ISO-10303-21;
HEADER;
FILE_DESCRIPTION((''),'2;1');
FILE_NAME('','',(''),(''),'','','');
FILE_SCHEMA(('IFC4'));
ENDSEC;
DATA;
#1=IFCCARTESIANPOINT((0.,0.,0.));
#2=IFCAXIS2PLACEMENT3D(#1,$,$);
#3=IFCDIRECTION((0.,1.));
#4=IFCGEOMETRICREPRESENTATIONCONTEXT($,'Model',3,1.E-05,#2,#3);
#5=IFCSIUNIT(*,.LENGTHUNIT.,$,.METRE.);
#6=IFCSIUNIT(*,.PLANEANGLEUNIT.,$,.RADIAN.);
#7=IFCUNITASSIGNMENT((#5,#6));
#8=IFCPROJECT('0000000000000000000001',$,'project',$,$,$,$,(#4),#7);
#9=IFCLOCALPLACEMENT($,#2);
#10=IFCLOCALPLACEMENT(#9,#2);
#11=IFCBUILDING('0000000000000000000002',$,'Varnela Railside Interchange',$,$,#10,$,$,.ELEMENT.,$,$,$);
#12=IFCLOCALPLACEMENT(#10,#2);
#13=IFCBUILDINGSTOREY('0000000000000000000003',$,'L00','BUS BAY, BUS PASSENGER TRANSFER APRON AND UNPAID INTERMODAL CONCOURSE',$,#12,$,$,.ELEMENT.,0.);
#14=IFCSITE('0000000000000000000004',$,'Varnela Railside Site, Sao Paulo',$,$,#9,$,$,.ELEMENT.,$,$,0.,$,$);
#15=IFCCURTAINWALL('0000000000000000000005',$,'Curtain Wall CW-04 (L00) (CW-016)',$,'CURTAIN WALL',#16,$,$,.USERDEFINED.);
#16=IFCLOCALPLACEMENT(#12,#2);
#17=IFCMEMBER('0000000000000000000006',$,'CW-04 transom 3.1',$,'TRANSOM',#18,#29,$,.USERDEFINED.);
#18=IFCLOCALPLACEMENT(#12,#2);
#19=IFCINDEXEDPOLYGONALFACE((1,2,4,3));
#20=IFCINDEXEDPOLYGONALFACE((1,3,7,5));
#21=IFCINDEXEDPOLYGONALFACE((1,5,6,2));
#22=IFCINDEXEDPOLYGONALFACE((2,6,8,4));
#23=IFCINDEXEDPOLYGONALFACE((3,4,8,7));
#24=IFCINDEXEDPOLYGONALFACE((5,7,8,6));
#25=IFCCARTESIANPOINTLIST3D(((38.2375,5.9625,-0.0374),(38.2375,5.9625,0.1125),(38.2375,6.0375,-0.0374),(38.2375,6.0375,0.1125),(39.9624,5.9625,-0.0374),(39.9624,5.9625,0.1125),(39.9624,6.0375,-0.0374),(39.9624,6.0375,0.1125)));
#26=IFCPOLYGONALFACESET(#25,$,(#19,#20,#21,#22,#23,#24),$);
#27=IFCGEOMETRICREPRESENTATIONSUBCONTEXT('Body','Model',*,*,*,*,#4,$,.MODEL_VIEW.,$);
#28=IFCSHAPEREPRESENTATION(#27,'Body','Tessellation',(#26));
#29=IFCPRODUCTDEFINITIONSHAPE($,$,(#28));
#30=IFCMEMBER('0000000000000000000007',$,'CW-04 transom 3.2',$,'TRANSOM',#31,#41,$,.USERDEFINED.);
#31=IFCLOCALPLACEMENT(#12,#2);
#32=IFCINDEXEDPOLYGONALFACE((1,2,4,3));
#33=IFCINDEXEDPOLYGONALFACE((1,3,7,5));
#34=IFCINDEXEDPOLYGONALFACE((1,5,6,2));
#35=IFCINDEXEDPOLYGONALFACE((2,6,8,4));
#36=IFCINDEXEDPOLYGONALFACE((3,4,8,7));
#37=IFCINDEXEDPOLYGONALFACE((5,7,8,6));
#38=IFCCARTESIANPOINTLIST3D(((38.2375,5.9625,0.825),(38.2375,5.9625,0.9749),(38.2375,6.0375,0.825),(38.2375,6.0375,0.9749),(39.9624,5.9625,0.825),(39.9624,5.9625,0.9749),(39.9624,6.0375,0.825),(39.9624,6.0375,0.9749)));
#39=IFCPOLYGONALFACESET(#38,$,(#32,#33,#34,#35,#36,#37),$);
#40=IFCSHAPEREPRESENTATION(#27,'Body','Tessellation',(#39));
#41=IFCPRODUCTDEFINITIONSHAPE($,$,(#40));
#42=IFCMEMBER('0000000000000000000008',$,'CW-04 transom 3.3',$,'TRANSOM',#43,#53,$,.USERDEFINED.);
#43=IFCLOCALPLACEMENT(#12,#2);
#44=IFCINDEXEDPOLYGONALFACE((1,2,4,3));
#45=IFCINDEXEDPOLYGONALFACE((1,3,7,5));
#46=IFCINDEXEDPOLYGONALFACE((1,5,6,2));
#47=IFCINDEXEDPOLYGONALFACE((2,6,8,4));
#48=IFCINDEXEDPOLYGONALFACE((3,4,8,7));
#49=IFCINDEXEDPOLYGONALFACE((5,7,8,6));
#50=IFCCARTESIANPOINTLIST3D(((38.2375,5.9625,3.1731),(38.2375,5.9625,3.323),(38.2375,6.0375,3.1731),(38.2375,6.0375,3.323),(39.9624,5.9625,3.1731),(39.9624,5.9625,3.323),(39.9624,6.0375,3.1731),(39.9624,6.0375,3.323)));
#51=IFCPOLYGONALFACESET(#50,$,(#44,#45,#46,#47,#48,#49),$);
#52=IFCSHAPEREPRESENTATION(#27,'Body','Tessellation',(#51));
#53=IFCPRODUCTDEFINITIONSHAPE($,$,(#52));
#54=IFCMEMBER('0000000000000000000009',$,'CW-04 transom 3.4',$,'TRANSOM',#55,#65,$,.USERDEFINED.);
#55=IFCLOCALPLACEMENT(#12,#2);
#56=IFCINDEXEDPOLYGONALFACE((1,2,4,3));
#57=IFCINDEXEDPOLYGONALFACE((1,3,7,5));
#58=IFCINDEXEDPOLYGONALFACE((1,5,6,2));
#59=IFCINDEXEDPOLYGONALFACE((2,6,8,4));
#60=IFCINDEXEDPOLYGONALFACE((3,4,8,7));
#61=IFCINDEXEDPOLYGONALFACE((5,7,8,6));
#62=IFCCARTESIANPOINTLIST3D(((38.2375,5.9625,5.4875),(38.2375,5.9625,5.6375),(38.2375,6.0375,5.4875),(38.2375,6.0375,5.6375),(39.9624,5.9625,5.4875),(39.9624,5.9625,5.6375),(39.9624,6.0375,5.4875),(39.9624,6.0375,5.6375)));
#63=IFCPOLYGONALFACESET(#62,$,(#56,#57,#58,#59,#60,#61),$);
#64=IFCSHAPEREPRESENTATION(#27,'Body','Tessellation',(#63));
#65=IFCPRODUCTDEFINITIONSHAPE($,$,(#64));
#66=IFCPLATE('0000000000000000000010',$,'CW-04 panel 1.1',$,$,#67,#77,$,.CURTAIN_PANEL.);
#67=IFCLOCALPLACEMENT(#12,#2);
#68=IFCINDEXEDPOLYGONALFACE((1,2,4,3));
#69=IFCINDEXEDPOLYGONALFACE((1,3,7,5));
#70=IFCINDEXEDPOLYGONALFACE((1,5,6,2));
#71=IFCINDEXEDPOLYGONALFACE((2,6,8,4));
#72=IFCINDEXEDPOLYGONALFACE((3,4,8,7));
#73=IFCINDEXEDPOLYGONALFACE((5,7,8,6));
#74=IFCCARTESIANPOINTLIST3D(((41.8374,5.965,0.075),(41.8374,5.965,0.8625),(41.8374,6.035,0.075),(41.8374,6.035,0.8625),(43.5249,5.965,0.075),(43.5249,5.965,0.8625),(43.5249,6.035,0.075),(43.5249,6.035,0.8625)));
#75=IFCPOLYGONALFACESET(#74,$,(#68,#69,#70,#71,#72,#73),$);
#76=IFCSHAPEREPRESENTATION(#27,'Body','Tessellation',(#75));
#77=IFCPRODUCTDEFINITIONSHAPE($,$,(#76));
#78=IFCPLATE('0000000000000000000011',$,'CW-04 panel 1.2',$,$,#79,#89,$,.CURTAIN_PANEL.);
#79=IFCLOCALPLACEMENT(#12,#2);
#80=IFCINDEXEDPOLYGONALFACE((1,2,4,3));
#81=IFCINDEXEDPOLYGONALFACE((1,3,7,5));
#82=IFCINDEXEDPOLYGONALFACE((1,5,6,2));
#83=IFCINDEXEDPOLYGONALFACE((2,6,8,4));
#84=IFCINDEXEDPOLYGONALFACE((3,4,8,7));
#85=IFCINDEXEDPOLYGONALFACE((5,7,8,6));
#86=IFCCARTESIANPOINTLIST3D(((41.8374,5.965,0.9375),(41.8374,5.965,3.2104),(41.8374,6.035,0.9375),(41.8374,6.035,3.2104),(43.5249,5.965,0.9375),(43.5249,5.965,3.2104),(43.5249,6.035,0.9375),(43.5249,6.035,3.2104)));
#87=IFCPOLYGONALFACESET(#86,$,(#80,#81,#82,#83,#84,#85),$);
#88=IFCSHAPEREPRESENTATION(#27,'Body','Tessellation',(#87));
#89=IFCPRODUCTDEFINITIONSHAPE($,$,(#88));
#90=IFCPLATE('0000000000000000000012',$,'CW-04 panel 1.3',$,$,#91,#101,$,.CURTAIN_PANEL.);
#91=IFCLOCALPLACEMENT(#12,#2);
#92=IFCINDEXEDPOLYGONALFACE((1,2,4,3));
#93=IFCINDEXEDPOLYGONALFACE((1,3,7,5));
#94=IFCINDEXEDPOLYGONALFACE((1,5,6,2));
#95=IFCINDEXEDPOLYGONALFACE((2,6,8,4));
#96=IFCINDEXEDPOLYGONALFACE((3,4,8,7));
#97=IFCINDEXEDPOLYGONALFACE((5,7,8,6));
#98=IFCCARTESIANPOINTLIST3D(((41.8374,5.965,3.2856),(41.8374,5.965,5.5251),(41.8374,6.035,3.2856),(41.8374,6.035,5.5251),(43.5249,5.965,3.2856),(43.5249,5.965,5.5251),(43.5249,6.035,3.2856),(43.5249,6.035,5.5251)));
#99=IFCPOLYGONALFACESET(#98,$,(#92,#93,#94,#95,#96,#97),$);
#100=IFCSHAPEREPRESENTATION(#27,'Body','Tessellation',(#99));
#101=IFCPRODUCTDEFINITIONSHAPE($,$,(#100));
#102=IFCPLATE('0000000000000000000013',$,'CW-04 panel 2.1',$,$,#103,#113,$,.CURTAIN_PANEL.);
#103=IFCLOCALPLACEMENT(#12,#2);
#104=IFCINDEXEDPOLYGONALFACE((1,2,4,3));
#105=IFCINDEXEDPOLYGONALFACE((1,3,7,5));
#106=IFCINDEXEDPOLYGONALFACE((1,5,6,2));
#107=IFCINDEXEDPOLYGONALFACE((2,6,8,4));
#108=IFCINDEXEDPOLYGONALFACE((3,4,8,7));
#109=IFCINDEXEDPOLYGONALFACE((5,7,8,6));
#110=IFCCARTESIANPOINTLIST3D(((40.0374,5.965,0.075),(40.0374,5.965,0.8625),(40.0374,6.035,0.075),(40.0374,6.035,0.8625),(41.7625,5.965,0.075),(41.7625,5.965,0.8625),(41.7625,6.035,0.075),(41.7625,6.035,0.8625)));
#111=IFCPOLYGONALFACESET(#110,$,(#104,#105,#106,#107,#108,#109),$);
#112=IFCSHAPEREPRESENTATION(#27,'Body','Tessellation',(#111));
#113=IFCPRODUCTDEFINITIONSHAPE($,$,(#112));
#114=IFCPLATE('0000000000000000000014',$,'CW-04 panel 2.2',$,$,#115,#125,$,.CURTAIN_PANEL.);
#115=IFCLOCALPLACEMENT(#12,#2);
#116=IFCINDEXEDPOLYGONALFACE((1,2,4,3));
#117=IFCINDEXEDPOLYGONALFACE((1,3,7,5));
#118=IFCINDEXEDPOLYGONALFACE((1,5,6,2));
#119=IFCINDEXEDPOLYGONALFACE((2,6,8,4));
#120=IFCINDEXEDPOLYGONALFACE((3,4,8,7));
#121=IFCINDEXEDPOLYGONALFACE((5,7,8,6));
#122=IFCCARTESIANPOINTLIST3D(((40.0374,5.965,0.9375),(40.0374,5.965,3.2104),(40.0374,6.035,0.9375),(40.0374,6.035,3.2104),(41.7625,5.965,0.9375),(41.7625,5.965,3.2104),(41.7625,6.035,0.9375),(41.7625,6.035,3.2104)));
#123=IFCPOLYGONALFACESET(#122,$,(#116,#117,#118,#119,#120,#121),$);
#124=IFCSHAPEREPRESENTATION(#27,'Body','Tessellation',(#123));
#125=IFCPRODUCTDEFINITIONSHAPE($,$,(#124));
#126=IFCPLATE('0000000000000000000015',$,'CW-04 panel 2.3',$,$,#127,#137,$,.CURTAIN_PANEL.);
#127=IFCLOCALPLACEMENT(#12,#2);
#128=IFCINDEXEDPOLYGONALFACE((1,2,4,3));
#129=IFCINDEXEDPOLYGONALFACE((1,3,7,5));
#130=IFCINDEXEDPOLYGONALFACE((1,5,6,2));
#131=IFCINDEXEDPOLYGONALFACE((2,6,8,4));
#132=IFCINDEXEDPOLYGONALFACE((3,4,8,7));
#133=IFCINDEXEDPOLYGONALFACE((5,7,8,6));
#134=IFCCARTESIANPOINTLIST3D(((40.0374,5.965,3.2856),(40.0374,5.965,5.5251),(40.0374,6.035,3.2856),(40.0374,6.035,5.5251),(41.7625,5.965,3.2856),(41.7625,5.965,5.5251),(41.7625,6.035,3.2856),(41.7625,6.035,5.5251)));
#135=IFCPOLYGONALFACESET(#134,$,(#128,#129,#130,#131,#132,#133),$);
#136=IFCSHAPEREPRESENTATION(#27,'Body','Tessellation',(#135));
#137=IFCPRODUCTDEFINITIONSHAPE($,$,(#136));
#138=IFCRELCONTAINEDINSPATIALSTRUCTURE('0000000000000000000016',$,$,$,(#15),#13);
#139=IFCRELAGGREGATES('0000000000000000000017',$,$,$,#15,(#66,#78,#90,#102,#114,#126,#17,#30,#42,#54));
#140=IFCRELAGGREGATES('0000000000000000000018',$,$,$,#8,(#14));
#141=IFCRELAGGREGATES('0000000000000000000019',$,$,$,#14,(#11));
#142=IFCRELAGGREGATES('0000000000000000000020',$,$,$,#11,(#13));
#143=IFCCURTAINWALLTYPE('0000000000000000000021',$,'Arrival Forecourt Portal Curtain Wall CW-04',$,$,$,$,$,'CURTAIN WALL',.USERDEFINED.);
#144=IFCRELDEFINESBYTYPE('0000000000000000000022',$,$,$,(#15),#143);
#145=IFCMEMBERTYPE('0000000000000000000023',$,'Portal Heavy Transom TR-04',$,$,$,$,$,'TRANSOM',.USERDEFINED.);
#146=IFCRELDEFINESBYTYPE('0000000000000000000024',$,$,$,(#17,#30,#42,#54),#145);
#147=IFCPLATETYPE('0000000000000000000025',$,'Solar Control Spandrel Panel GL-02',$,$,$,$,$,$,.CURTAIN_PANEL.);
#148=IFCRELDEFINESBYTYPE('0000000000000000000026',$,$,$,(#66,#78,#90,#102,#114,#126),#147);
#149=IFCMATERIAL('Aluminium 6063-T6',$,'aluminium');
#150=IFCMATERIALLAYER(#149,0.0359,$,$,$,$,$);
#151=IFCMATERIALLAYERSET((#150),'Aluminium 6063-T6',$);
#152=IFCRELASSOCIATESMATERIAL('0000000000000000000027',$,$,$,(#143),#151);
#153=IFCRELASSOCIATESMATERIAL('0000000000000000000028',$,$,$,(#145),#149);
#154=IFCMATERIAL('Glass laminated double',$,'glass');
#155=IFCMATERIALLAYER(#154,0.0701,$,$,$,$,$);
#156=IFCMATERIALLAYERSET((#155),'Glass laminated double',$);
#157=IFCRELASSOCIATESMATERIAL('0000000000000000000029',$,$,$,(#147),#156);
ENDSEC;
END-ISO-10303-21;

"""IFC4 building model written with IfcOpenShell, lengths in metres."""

from ifc_helpers import new_model, si_unit, direction, frame, origin, origin_2d, place, context, subcontext, project, spatial, rectangle, extrude, material, layer, layer_set, material_profile, profile_set, type_object, element, aggregate, save


model = new_model("IFC4")

# Units and contexts
model_context = context("Model", 3, precision=1e-05, world=origin(), true_north=direction((0.0, 1.0)))
body_context = subcontext(model_context, "Body", "Model", "MODEL_VIEW")
ifc_project = project(units=[si_unit("LENGTHUNIT", "METRE"), si_unit("PLANEANGLEUNIT", "RADIAN")], contexts=[model_context])

# Site, building, storey
site_placement = place(None, origin())
site = spatial("IfcSite", under=ifc_project, at=site_placement, Name="Varnela Railside Site, Sao Paulo", CompositionType="ELEMENT", RefElevation=0.0)
building_placement = place(site_placement, origin())
building = spatial("IfcBuilding", under=site, at=building_placement, Name="Varnela Railside Interchange", CompositionType="ELEMENT")
storey_placement = place(building_placement, origin())
storey = spatial("IfcBuildingStorey", under=building, at=storey_placement, Name="L00", Description="BUS BAY, BUS PASSENGER TRANSFER APRON AND UNPAID INTERMODAL CONCOURSE", CompositionType="ELEMENT", Elevation=0.0)

# Curtain wall, members, plates
ifc_material_1 = material(Name="Aluminium 6063-T6", Category="aluminium")
ifc_layer_1 = layer(ifc_material_1, 0.0359)
ifc_layer_set_1 = layer_set([ifc_layer_1], Name="Aluminium 6063-T6")
curtain_wall_type = type_object("IfcCurtainWallType", Name="Arrival Forecourt Portal Curtain Wall CW-04", ElementType="CURTAIN WALL", PredefinedType="USERDEFINED", material=ifc_layer_set_1)
curtain_wall_placement = place(storey_placement, origin())
curtain_wall = element("IfcCurtainWall", 1, at=curtain_wall_placement, inside=storey, type_object=curtain_wall_type, Name="Curtain Wall CW-04 (L00) (CW-016)", ObjectType="CURTAIN WALL", PredefinedType="USERDEFINED")
ifc_material_profile_1 = material_profile(ifc_material_1, rectangle(XDim=0.075, YDim=0.1499, at=origin_2d()), Name="ALU 75x150")
ifc_profile_set_1 = profile_set([ifc_material_profile_1], Name="Aluminium 6063-T6")
member_type_1 = type_object("IfcMemberType", Name="Portal Heavy Transom TR-04", ElementType="TRANSOM", PredefinedType="USERDEFINED", material=ifc_profile_set_1)
member_1_placement = place(storey_placement, frame((39.9624, 6.0, 0.0376), z_axis=(-1.0, 0.0, 0.0), x_axis=(0.0, -1.0, 0.0)))
member_1 = element("IfcMember", 2, at=member_1_placement, type_object=member_type_1, Name="CW-04 transom 3.1", ObjectType="TRANSOM", PredefinedType="USERDEFINED", context=body_context, shape_type="SweptSolid", body=[
    extrude(rectangle(XDim=0.075, YDim=0.1499, at=origin_2d()), origin(), (0.0, 0.0, 1.0), 1.7249),
])
member_2_placement = place(storey_placement, frame((39.9624, 6.0, 0.8999), z_axis=(-1.0, 0.0, 0.0), x_axis=(0.0, -1.0, 0.0)))
member_2 = element("IfcMember", 3, at=member_2_placement, type_object=member_type_1, Name="CW-04 transom 3.2", ObjectType="TRANSOM", PredefinedType="USERDEFINED", context=body_context, shape_type="SweptSolid", body=[
    extrude(rectangle(XDim=0.075, YDim=0.1499, at=origin_2d()), origin(), (0.0, 0.0, 1.0), 1.7249),
])
member_3_placement = place(storey_placement, frame((39.9624, 6.0, 3.248), z_axis=(-1.0, 0.0, 0.0), x_axis=(0.0, -1.0, 0.0)))
member_3 = element("IfcMember", 4, at=member_3_placement, type_object=member_type_1, Name="CW-04 transom 3.3", ObjectType="TRANSOM", PredefinedType="USERDEFINED", context=body_context, shape_type="SweptSolid", body=[
    extrude(rectangle(XDim=0.075, YDim=0.1499, at=origin_2d()), origin(), (0.0, 0.0, 1.0), 1.7249),
])
member_4_placement = place(storey_placement, frame((39.9624, 6.0, 5.5625), z_axis=(-1.0, 0.0, 0.0), x_axis=(0.0, -1.0, 0.0)))
member_4 = element("IfcMember", 5, at=member_4_placement, type_object=member_type_1, Name="CW-04 transom 3.4", ObjectType="TRANSOM", PredefinedType="USERDEFINED", context=body_context, shape_type="SweptSolid", body=[
    extrude(rectangle(XDim=0.075, YDim=0.1499, at=origin_2d()), origin(), (0.0, 0.0, 1.0), 1.7249),
])
ifc_material_2 = material(Name="Glass laminated double", Category="glass")
ifc_layer_2 = layer(ifc_material_2, 0.0701)
ifc_layer_set_2 = layer_set([ifc_layer_2], Name="Glass laminated double")
plate_type = type_object("IfcPlateType", Name="Solar Control Spandrel Panel GL-02", PredefinedType="CURTAIN_PANEL", material=ifc_layer_set_2)
plate_1_placement = place(storey_placement, frame((42.6812, 6.0, 0.075), z_axis=(0.0, 0.0, 1.0), x_axis=(-1.0, 0.0, 0.0)))
plate_1 = element("IfcPlate", 6, at=plate_1_placement, type_object=plate_type, Name="CW-04 panel 1.1", PredefinedType="CURTAIN_PANEL", context=body_context, shape_type="SweptSolid", body=[
    extrude(rectangle(XDim=1.6875, YDim=0.0701, at=origin_2d()), origin(), (0.0, 0.0, 1.0), 0.7876),
])
plate_2_placement = place(storey_placement, frame((42.6812, 6.0, 0.9375), z_axis=(0.0, 0.0, 1.0), x_axis=(-1.0, 0.0, 0.0)))
plate_2 = element("IfcPlate", 7, at=plate_2_placement, type_object=plate_type, Name="CW-04 panel 1.2", PredefinedType="CURTAIN_PANEL", context=body_context, shape_type="SweptSolid", body=[
    extrude(rectangle(XDim=1.6875, YDim=0.0701, at=origin_2d()), origin(), (0.0, 0.0, 1.0), 2.2729),
])
plate_3_placement = place(storey_placement, frame((42.6812, 6.0, 3.2856), z_axis=(0.0, 0.0, 1.0), x_axis=(-1.0, 0.0, 0.0)))
plate_3 = element("IfcPlate", 8, at=plate_3_placement, type_object=plate_type, Name="CW-04 panel 1.3", PredefinedType="CURTAIN_PANEL", context=body_context, shape_type="SweptSolid", body=[
    extrude(rectangle(XDim=1.6875, YDim=0.0701, at=origin_2d()), origin(), (0.0, 0.0, 1.0), 2.2395),
])
plate_4_placement = place(storey_placement, frame((40.8999, 6.0, 0.075), z_axis=(0.0, 0.0, 1.0), x_axis=(-1.0, 0.0, 0.0)))
plate_4 = element("IfcPlate", 9, at=plate_4_placement, type_object=plate_type, Name="CW-04 panel 2.1", PredefinedType="CURTAIN_PANEL", context=body_context, shape_type="SweptSolid", body=[
    extrude(rectangle(XDim=1.7251, YDim=0.0701, at=origin_2d()), origin(), (0.0, 0.0, 1.0), 0.7876),
])
plate_5_placement = place(storey_placement, frame((40.8999, 6.0, 0.9375), z_axis=(0.0, 0.0, 1.0), x_axis=(-1.0, 0.0, 0.0)))
plate_5 = element("IfcPlate", 10, at=plate_5_placement, type_object=plate_type, Name="CW-04 panel 2.2", PredefinedType="CURTAIN_PANEL", context=body_context, shape_type="SweptSolid", body=[
    extrude(rectangle(XDim=1.7251, YDim=0.0701, at=origin_2d()), origin(), (0.0, 0.0, 1.0), 2.2729),
])
plate_6_placement = place(storey_placement, frame((40.8999, 6.0, 3.2856), z_axis=(0.0, 0.0, 1.0), x_axis=(-1.0, 0.0, 0.0)))
plate_6 = element("IfcPlate", 11, at=plate_6_placement, type_object=plate_type, Name="CW-04 panel 2.3", PredefinedType="CURTAIN_PANEL", context=body_context, shape_type="SweptSolid", body=[
    extrude(rectangle(XDim=1.7251, YDim=0.0701, at=origin_2d()), origin(), (0.0, 0.0, 1.0), 2.2395),
])
aggregate(curtain_wall, [plate_1, plate_2, plate_3, plate_4, plate_5, plate_6, member_1, member_2, member_3, member_4])

save(model, "model.ifc")
